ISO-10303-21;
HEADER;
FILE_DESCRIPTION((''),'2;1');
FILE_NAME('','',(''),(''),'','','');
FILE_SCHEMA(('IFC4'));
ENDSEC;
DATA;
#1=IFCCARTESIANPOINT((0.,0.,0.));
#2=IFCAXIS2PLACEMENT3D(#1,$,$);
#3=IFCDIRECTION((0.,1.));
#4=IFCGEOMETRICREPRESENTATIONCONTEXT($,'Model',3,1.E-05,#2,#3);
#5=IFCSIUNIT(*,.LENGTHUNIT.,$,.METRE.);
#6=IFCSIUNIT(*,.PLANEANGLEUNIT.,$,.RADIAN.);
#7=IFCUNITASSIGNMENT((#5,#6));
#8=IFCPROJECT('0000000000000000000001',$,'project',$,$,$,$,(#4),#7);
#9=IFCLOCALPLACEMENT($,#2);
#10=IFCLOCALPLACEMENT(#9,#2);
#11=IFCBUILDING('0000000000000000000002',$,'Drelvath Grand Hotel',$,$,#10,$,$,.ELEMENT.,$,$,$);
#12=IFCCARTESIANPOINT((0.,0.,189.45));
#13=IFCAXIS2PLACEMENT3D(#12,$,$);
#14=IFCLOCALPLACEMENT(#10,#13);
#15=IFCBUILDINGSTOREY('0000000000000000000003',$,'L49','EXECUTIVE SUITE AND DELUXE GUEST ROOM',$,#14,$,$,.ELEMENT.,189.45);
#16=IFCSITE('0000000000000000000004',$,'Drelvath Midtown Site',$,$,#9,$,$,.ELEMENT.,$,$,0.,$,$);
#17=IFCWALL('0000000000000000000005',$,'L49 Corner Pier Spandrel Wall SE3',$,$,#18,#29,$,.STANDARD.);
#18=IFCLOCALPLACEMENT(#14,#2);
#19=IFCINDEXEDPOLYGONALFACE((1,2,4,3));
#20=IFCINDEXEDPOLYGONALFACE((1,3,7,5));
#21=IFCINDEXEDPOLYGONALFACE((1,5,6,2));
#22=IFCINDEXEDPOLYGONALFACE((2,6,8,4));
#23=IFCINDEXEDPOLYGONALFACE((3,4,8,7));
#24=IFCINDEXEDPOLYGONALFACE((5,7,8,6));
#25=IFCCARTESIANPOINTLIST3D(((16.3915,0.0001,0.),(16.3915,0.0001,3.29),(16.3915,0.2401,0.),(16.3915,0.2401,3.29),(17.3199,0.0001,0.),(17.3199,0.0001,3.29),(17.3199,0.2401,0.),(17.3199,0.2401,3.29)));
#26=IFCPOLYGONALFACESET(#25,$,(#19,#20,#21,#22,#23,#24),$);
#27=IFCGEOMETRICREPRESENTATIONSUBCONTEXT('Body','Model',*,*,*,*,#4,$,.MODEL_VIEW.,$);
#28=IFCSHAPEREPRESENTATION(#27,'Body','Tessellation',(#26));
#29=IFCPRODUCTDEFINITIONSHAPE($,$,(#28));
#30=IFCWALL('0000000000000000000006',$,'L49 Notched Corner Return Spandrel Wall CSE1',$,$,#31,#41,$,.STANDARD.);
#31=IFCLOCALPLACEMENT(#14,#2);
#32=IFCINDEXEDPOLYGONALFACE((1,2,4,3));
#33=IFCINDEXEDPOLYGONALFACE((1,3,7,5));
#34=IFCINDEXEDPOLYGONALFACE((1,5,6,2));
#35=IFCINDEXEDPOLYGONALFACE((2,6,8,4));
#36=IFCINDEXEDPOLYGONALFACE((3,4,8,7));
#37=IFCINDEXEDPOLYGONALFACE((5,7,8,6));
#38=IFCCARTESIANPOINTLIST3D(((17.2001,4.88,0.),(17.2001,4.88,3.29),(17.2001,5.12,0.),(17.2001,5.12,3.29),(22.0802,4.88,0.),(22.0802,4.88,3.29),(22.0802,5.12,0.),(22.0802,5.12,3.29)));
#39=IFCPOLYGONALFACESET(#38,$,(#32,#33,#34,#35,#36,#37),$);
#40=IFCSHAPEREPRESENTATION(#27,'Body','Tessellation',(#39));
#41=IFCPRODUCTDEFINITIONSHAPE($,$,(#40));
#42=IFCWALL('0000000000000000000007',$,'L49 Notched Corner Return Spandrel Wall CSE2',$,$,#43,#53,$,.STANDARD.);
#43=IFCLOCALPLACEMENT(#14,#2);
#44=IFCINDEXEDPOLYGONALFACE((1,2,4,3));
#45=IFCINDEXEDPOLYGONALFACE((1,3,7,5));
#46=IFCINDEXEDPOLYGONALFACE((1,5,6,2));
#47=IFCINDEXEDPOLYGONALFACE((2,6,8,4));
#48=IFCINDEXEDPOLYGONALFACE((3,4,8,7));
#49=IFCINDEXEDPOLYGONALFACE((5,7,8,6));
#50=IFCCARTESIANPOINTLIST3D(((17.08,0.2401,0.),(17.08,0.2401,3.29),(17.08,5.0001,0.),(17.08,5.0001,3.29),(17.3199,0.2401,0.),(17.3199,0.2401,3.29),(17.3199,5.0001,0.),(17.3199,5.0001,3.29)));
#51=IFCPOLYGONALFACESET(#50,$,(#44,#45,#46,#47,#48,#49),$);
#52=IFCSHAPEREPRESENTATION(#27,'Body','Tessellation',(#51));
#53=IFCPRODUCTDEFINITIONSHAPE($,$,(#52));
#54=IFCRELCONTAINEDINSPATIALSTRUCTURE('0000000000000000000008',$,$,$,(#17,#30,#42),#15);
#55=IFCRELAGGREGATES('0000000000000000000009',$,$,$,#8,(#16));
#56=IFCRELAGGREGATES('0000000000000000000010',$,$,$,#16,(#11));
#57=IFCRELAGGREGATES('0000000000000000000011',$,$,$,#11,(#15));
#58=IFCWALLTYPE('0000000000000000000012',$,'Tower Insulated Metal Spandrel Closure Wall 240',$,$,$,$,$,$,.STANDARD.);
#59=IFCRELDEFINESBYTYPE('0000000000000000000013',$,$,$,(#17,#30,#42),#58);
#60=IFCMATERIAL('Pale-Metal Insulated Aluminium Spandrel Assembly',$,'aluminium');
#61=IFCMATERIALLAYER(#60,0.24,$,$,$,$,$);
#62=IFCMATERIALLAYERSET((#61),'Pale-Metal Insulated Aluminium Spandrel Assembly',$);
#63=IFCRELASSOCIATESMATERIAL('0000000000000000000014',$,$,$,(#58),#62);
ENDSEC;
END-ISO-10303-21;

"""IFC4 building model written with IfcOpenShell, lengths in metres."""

from ifc_helpers import new_model, si_unit, direction, frame, frame_2d, origin, place, context, subcontext, project, spatial, rectangle, extrude, material, layer, layer_set, type_object, element, save


model = new_model("IFC4")

# Units and contexts
model_context = context("Model", 3, precision=1e-05, world=origin(), true_north=direction((0.0, 1.0)))
body_context = subcontext(model_context, "Body", "Model", "MODEL_VIEW")
ifc_project = project(units=[si_unit("LENGTHUNIT", "METRE"), si_unit("PLANEANGLEUNIT", "RADIAN")], contexts=[model_context])

# Site, building, storey
site_placement = place(None, origin())
site = spatial("IfcSite", under=ifc_project, at=site_placement, Name="Drelvath Midtown Site", CompositionType="ELEMENT", RefElevation=0.0)
building_placement = place(site_placement, origin())
building = spatial("IfcBuilding", under=site, at=building_placement, Name="Drelvath Grand Hotel", CompositionType="ELEMENT")
storey_placement = place(building_placement, frame((0.0, 0.0, 189.45)))
storey = spatial("IfcBuildingStorey", under=building, at=storey_placement, Name="L49", Description="EXECUTIVE SUITE AND DELUXE GUEST ROOM", CompositionType="ELEMENT", Elevation=189.45)

# Walls
ifc_material_1 = material(Name="Pale-Metal Insulated Aluminium Spandrel Assembly", Category="aluminium")
ifc_layer_1 = layer(ifc_material_1, 0.24)
ifc_layer_set_1 = layer_set([ifc_layer_1], Name="Pale-Metal Insulated Aluminium Spandrel Assembly")
wall_type_1 = type_object("IfcWallType", Name="Tower Insulated Metal Spandrel Closure Wall 240", PredefinedType="STANDARD", material=ifc_layer_set_1)
wall_1_placement = place(storey_placement, frame((17.3201, 0.1201, 0.0), z_axis=(0.0, 0.0, 1.0), x_axis=(-1.0, 0.0, 0.0)))
element("IfcWall", 1, at=wall_1_placement, inside=storey, type_object=wall_type_1, Name="L49 Corner Pier Spandrel Wall SE3", PredefinedType="STANDARD", context=body_context, shape_type="SweptSolid", body=[
    extrude(rectangle(XDim=0.9285, YDim=0.24, at=frame_2d((0.4644, 0.0))), origin(), (0.0, 0.0, 1.0), 3.29),
])
wall_2_placement = place(storey_placement, frame((22.0801, 5.0, 0.0), z_axis=(0.0, 0.0, 1.0), x_axis=(-1.0, 0.0, 0.0)))
element("IfcWall", 2, at=wall_2_placement, inside=storey, type_object=wall_type_1, Name="L49 Notched Corner Return Spandrel Wall CSE1", PredefinedType="STANDARD", context=body_context, shape_type="SweptSolid", body=[
    extrude(rectangle(XDim=4.8801, YDim=0.24, at=frame_2d((2.4399, 0.0))), origin(), (0.0, 0.0, 1.0), 3.29),
])
wall_3_placement = place(storey_placement, frame((17.2, 5.0, 0.0), z_axis=(0.0, 0.0, 1.0), x_axis=(0.0, -1.0, 0.0)))
element("IfcWall", 3, at=wall_3_placement, inside=storey, type_object=wall_type_1, Name="L49 Notched Corner Return Spandrel Wall CSE2", PredefinedType="STANDARD", context=body_context, shape_type="SweptSolid", body=[
    extrude(rectangle(XDim=4.76, YDim=0.24, at=frame_2d((2.3799, 0.0))), origin(), (0.0, 0.0, 1.0), 3.29),
])

save(model, "model.ifc")
